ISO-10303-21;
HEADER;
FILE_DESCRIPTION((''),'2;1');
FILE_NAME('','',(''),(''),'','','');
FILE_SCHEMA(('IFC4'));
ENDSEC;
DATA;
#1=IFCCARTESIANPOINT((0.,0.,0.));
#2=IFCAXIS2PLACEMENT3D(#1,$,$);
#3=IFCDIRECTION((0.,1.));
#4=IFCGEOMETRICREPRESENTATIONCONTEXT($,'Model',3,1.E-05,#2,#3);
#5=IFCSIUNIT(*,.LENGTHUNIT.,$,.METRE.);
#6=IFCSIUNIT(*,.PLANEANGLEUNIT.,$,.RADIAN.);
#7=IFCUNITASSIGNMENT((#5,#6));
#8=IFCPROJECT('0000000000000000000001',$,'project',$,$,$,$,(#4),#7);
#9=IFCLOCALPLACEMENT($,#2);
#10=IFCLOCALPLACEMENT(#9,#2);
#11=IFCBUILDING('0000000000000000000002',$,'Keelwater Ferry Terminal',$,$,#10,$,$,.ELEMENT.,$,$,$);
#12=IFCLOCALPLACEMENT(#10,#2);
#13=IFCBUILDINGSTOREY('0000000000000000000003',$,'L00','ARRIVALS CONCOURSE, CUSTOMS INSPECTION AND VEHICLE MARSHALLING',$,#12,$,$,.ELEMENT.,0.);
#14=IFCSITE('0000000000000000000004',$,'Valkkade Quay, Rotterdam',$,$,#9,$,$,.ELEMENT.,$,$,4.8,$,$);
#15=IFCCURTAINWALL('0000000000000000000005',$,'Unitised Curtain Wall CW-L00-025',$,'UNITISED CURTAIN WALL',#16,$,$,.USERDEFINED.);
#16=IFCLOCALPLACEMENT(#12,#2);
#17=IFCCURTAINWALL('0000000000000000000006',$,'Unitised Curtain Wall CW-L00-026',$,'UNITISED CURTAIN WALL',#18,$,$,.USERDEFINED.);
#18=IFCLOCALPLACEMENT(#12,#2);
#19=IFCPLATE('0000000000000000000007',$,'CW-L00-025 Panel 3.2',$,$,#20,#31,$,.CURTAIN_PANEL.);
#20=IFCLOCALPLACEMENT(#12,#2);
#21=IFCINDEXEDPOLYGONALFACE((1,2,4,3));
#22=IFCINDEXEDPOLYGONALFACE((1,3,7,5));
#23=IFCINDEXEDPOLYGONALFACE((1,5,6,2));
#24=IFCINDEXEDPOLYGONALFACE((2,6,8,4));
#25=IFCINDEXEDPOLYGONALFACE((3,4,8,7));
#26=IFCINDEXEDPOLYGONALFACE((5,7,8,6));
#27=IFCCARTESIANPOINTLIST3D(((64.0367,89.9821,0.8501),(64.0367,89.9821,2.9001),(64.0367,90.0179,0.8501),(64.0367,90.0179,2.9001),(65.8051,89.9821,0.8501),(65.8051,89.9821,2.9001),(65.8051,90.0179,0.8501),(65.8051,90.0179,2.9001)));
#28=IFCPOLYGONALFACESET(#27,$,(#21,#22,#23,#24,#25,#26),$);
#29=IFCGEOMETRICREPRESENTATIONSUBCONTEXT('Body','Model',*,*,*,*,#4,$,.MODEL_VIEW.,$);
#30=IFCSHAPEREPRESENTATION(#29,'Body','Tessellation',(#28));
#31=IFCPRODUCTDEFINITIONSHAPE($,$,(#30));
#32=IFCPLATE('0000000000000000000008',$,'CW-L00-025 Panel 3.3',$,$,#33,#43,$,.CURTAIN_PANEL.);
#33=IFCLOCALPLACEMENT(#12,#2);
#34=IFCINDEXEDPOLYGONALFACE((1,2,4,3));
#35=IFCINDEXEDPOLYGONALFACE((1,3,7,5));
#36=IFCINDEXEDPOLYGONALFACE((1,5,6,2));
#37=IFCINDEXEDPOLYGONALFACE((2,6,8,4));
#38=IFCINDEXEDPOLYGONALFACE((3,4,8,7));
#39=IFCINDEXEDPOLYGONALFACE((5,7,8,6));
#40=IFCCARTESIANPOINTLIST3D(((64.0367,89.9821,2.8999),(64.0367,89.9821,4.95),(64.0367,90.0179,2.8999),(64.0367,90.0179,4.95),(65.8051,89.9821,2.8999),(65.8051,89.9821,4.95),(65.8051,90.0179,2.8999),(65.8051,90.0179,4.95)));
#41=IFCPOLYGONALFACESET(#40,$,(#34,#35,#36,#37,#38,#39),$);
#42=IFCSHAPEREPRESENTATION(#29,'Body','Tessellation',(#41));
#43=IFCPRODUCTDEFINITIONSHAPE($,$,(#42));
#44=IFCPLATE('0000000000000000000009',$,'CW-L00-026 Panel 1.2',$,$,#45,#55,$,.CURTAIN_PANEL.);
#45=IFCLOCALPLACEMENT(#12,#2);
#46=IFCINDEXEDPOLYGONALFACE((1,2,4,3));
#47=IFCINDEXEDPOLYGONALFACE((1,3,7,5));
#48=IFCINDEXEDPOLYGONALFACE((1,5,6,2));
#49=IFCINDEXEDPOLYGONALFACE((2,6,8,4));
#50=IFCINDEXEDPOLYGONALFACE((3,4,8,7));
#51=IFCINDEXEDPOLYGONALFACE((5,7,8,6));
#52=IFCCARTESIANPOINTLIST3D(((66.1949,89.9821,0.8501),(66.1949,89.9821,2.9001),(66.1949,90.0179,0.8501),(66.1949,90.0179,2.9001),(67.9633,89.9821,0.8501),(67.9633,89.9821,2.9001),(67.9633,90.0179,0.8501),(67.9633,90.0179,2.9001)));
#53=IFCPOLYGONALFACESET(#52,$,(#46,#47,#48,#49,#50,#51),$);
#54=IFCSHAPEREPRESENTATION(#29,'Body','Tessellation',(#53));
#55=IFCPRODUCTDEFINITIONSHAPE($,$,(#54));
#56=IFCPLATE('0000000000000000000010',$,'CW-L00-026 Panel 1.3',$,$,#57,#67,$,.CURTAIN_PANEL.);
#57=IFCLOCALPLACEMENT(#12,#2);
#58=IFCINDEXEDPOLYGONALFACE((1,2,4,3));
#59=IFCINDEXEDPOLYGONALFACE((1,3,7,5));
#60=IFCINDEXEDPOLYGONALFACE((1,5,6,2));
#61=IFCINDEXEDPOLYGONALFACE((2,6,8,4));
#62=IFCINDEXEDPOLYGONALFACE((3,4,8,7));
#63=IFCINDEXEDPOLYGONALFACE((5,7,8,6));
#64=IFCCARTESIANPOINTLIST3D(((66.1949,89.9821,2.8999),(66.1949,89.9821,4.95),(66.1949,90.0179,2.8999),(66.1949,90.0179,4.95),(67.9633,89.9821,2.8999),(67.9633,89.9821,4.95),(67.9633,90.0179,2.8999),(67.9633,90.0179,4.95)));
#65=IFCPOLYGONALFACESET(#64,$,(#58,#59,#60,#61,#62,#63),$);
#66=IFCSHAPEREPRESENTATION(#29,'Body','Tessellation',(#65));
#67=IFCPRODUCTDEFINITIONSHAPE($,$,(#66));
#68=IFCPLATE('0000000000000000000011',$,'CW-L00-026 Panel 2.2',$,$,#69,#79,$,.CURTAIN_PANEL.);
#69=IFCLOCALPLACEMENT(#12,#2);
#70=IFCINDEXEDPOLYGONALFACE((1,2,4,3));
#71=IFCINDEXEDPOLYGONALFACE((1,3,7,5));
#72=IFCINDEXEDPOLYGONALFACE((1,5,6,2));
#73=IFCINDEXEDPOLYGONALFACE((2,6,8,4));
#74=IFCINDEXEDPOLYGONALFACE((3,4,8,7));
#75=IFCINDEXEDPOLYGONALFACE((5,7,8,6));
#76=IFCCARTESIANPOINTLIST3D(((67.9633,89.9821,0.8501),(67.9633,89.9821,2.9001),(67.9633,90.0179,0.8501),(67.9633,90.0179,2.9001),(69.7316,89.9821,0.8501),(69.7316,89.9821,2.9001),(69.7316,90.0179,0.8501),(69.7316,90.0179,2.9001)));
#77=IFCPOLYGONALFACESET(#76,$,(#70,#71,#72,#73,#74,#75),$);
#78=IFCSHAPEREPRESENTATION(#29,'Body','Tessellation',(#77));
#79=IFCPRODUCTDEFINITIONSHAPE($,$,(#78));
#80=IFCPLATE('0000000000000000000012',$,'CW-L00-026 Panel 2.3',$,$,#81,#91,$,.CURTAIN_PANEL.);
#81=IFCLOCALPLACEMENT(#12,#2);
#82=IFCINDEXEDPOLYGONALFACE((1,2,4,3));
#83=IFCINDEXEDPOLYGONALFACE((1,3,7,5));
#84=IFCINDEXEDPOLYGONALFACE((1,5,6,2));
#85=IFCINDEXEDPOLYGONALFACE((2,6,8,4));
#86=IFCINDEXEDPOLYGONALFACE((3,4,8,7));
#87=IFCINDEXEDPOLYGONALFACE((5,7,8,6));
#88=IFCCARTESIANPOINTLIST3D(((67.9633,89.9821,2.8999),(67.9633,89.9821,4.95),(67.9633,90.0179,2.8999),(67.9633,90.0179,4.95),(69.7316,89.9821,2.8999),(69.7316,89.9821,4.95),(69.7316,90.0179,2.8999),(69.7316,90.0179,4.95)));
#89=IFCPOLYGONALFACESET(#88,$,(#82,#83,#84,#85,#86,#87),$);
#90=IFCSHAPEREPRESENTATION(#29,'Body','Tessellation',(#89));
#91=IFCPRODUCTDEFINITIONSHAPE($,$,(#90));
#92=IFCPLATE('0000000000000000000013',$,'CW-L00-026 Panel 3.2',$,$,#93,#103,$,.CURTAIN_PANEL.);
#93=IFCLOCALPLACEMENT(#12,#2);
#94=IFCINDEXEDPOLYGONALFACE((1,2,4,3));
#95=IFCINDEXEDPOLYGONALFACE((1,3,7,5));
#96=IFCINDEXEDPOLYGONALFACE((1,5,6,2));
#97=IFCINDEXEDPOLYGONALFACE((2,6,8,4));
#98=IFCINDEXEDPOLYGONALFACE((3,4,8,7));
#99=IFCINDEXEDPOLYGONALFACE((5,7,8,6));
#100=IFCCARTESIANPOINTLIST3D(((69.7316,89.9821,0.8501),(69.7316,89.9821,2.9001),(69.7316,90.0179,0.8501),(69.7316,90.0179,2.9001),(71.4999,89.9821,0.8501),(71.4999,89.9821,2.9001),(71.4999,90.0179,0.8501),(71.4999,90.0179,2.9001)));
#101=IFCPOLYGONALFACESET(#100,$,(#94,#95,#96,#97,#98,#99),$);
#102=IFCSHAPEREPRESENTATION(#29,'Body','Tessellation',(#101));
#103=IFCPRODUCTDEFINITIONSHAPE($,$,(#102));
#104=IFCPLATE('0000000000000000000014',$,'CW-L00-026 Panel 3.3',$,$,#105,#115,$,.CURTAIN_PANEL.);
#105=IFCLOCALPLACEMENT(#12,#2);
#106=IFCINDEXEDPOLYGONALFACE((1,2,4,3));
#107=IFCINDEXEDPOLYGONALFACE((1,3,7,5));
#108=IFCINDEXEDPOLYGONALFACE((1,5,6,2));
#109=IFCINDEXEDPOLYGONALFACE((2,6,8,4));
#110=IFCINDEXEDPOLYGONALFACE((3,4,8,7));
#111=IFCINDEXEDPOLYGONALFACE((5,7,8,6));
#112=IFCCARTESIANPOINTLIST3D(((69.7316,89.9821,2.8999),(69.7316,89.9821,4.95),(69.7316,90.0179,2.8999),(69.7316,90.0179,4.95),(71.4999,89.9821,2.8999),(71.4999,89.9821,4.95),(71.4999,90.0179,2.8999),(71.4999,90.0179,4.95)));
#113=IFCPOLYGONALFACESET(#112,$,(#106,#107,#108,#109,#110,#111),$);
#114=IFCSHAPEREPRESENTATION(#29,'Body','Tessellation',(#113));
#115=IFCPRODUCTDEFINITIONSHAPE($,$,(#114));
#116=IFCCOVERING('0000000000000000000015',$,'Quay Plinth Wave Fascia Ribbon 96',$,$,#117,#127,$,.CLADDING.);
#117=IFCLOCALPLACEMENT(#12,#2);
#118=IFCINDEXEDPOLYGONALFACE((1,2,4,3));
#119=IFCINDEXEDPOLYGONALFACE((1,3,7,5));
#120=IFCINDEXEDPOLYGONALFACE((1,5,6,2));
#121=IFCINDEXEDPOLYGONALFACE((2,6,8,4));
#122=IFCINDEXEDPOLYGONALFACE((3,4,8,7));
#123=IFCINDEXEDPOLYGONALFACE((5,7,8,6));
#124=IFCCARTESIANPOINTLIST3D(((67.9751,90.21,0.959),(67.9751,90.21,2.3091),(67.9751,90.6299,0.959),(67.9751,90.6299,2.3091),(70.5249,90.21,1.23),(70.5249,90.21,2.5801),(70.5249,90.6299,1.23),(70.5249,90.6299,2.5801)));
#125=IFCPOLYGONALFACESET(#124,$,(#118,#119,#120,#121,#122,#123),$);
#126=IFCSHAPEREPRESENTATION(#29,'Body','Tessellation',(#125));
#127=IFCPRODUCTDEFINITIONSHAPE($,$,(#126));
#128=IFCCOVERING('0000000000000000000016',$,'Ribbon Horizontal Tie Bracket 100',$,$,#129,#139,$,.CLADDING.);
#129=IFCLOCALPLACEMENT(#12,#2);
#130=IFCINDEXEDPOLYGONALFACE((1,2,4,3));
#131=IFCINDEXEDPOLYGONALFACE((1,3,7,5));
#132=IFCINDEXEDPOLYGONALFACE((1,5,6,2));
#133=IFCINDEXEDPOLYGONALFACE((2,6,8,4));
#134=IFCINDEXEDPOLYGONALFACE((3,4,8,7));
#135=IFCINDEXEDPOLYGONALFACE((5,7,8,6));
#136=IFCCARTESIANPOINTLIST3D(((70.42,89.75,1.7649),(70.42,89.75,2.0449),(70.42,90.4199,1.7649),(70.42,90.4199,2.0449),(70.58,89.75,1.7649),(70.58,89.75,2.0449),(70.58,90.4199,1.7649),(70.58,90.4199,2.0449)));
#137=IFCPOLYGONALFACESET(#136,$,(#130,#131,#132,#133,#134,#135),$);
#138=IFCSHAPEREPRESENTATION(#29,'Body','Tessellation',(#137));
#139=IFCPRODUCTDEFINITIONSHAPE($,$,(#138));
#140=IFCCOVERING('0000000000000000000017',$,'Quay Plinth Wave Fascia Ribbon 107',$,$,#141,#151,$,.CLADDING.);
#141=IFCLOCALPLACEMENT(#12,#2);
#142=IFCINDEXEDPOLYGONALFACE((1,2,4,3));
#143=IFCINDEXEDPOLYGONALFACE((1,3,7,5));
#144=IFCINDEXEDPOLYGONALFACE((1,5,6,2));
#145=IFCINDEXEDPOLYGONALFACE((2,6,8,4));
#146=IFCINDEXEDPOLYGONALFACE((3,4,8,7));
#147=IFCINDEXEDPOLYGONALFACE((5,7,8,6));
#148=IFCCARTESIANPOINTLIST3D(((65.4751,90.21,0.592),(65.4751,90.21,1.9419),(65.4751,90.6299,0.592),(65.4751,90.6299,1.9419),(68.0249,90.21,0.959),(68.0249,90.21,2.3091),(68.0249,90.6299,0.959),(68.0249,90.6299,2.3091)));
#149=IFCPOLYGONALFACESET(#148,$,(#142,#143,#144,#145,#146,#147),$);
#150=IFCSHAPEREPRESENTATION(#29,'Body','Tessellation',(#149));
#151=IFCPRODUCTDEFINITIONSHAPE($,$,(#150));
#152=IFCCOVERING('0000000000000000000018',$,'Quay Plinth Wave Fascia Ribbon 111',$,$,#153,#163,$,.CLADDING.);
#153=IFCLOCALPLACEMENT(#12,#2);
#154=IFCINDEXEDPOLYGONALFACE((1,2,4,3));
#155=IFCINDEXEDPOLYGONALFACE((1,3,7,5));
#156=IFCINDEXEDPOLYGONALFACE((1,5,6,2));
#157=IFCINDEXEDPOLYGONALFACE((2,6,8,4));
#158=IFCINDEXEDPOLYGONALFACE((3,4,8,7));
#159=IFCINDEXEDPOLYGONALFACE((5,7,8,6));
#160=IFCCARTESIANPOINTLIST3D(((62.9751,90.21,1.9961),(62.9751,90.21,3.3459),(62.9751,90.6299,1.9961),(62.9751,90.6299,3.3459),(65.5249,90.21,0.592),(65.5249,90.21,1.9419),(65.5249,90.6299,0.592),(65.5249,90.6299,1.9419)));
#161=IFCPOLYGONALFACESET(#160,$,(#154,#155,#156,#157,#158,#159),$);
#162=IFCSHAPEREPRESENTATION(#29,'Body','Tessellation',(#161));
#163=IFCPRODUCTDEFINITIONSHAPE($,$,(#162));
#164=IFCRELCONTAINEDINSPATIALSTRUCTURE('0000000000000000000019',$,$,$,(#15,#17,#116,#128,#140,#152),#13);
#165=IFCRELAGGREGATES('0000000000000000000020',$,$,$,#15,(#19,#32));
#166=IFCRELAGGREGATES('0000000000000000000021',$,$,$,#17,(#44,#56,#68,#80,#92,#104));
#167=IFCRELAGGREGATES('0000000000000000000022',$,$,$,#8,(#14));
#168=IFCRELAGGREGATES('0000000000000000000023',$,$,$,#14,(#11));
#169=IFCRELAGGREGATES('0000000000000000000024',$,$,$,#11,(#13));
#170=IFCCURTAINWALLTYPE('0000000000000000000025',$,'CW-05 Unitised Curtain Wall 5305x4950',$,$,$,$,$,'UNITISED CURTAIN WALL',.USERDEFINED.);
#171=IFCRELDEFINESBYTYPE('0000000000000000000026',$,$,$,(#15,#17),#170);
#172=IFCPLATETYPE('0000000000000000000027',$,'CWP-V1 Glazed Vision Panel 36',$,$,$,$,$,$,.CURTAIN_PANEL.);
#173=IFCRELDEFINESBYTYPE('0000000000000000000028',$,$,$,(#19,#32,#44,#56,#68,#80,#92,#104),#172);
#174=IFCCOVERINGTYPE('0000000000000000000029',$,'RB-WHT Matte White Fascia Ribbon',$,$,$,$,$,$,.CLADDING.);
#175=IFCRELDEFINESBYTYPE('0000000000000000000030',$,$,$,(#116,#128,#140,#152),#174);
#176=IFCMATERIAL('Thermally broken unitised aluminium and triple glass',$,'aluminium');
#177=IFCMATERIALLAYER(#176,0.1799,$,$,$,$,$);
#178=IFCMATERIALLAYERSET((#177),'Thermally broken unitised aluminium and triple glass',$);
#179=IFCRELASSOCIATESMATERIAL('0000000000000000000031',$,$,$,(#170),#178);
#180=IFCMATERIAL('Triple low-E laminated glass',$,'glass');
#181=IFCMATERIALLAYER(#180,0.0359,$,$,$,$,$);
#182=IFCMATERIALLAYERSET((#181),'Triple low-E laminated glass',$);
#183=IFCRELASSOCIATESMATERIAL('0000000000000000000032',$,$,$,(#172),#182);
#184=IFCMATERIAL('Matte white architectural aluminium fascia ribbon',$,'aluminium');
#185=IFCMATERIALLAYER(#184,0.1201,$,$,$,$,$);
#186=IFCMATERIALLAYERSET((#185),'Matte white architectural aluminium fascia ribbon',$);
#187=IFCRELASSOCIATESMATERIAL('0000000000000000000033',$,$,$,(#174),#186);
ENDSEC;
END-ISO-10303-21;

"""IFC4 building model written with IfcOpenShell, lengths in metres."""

from ifc_helpers import new_model, si_unit, direction, frame, frame_2d, origin, origin_2d, place, context, subcontext, project, spatial, polyline, rectangle, outline, extrude, material, layer, layer_set, type_object, element, aggregate, save


model = new_model("IFC4")

# Units and contexts
model_context = context("Model", 3, precision=1e-05, world=origin(), true_north=direction((0.0, 1.0)))
body_context = subcontext(model_context, "Body", "Model", "MODEL_VIEW")
ifc_project = project(units=[si_unit("LENGTHUNIT", "METRE"), si_unit("PLANEANGLEUNIT", "RADIAN")], contexts=[model_context])

# Site, building, storey
site_placement = place(None, origin())
site = spatial("IfcSite", under=ifc_project, at=site_placement, Name="Valkkade Quay, Rotterdam", CompositionType="ELEMENT", RefElevation=4.8)
building_placement = place(site_placement, origin())
building = spatial("IfcBuilding", under=site, at=building_placement, Name="Keelwater Ferry Terminal", CompositionType="ELEMENT")
storey_placement = place(building_placement, origin())
storey = spatial("IfcBuildingStorey", under=building, at=storey_placement, Name="L00", Description="ARRIVALS CONCOURSE, CUSTOMS INSPECTION AND VEHICLE MARSHALLING", CompositionType="ELEMENT", Elevation=0.0)

# Curtain walls
ifc_material_1 = material(Name="Thermally broken unitised aluminium and triple glass", Category="aluminium")
ifc_layer_1 = layer(ifc_material_1, 0.1799)
ifc_layer_set_1 = layer_set([ifc_layer_1], Name="Thermally broken unitised aluminium and triple glass")
curtain_wall_type = type_object("IfcCurtainWallType", Name="CW-05 Unitised Curtain Wall 5305x4950", ElementType="UNITISED CURTAIN WALL", PredefinedType="USERDEFINED", material=ifc_layer_set_1)
curtain_wall_1_placement = place(storey_placement, origin())
curtain_wall_1 = element("IfcCurtainWall", 1, at=curtain_wall_1_placement, inside=storey, type_object=curtain_wall_type, Name="Unitised Curtain Wall CW-L00-025", ObjectType="UNITISED CURTAIN WALL", PredefinedType="USERDEFINED")
curtain_wall_2_placement = place(storey_placement, origin())
curtain_wall_2 = element("IfcCurtainWall", 2, at=curtain_wall_2_placement, inside=storey, type_object=curtain_wall_type, Name="Unitised Curtain Wall CW-L00-026", ObjectType="UNITISED CURTAIN WALL", PredefinedType="USERDEFINED")

# Plates
ifc_material_2 = material(Name="Triple low-E laminated glass", Category="glass")
ifc_layer_2 = layer(ifc_material_2, 0.0359)
ifc_layer_set_2 = layer_set([ifc_layer_2], Name="Triple low-E laminated glass")
plate_type_1 = type_object("IfcPlateType", Name="CWP-V1 Glazed Vision Panel 36", PredefinedType="CURTAIN_PANEL", material=ifc_layer_set_2)
plate_1_placement = place(storey_placement, frame((64.9209, 90.0, 0.8501), z_axis=(0.0, 0.0, 1.0), x_axis=(1.0, 0.0, 0.0)))
plate_1 = element("IfcPlate", 3, at=plate_1_placement, type_object=plate_type_1, Name="CW-L00-025 Panel 3.2", PredefinedType="CURTAIN_PANEL", context=body_context, shape_type="SweptSolid", body=[
    extrude(rectangle(XDim=1.7683, YDim=0.0359, at=origin_2d()), origin(), (0.0, 0.0, 1.0), 2.05),
])
plate_2_placement = place(storey_placement, frame((64.9209, 90.0, 2.8999), z_axis=(0.0, 0.0, 1.0), x_axis=(1.0, 0.0, 0.0)))
plate_2 = element("IfcPlate", 4, at=plate_2_placement, type_object=plate_type_1, Name="CW-L00-025 Panel 3.3", PredefinedType="CURTAIN_PANEL", context=body_context, shape_type="SweptSolid", body=[
    extrude(rectangle(XDim=1.7683, YDim=0.0359, at=origin_2d()), origin(), (0.0, 0.0, 1.0), 2.05),
])
aggregate(curtain_wall_1, [plate_1, plate_2])
plate_3_placement = place(storey_placement, frame((67.0791, 90.0, 0.8501), z_axis=(0.0, 0.0, 1.0), x_axis=(1.0, 0.0, 0.0)))
plate_3 = element("IfcPlate", 5, at=plate_3_placement, type_object=plate_type_1, Name="CW-L00-026 Panel 1.2", PredefinedType="CURTAIN_PANEL", context=body_context, shape_type="SweptSolid", body=[
    extrude(rectangle(XDim=1.7683, YDim=0.0359, at=origin_2d()), origin(), (0.0, 0.0, 1.0), 2.05),
])
plate_4_placement = place(storey_placement, frame((67.0791, 90.0, 2.8999), z_axis=(0.0, 0.0, 1.0), x_axis=(1.0, 0.0, 0.0)))
plate_4 = element("IfcPlate", 6, at=plate_4_placement, type_object=plate_type_1, Name="CW-L00-026 Panel 1.3", PredefinedType="CURTAIN_PANEL", context=body_context, shape_type="SweptSolid", body=[
    extrude(rectangle(XDim=1.7683, YDim=0.0359, at=origin_2d()), origin(), (0.0, 0.0, 1.0), 2.05),
])
plate_5_placement = place(storey_placement, frame((68.8474, 90.0, 0.8501), z_axis=(0.0, 0.0, 1.0), x_axis=(1.0, 0.0, 0.0)))
plate_5 = element("IfcPlate", 7, at=plate_5_placement, type_object=plate_type_1, Name="CW-L00-026 Panel 2.2", PredefinedType="CURTAIN_PANEL", context=body_context, shape_type="SweptSolid", body=[
    extrude(rectangle(XDim=1.7683, YDim=0.0359, at=origin_2d()), origin(), (0.0, 0.0, 1.0), 2.05),
])
plate_6_placement = place(storey_placement, frame((68.8474, 90.0, 2.8999), z_axis=(0.0, 0.0, 1.0), x_axis=(1.0, 0.0, 0.0)))
plate_6 = element("IfcPlate", 8, at=plate_6_placement, type_object=plate_type_1, Name="CW-L00-026 Panel 2.3", PredefinedType="CURTAIN_PANEL", context=body_context, shape_type="SweptSolid", body=[
    extrude(rectangle(XDim=1.7683, YDim=0.0359, at=origin_2d()), origin(), (0.0, 0.0, 1.0), 2.05),
])
plate_7_placement = place(storey_placement, frame((70.6157, 90.0, 0.8501), z_axis=(0.0, 0.0, 1.0), x_axis=(1.0, 0.0, 0.0)))
plate_7 = element("IfcPlate", 9, at=plate_7_placement, type_object=plate_type_1, Name="CW-L00-026 Panel 3.2", PredefinedType="CURTAIN_PANEL", context=body_context, shape_type="SweptSolid", body=[
    extrude(rectangle(XDim=1.7683, YDim=0.0359, at=origin_2d()), origin(), (0.0, 0.0, 1.0), 2.05),
])
plate_8_placement = place(storey_placement, frame((70.6157, 90.0, 2.8999), z_axis=(0.0, 0.0, 1.0), x_axis=(1.0, 0.0, 0.0)))
plate_8 = element("IfcPlate", 10, at=plate_8_placement, type_object=plate_type_1, Name="CW-L00-026 Panel 3.3", PredefinedType="CURTAIN_PANEL", context=body_context, shape_type="SweptSolid", body=[
    extrude(rectangle(XDim=1.7683, YDim=0.0359, at=origin_2d()), origin(), (0.0, 0.0, 1.0), 2.05),
])
aggregate(curtain_wall_2, [plate_3, plate_4, plate_5, plate_6, plate_7, plate_8])

# Coverings
ifc_material_3 = material(Name="Matte white architectural aluminium fascia ribbon", Category="aluminium")
ifc_layer_3 = layer(ifc_material_3, 0.1201)
ifc_layer_set_3 = layer_set([ifc_layer_3], Name="Matte white architectural aluminium fascia ribbon")
covering_type = type_object("IfcCoveringType", Name="RB-WHT Matte White Fascia Ribbon", PredefinedType="CLADDING", material=ifc_layer_set_3)
covering_1_placement = place(storey_placement, frame((70.5249, 90.4199, 0.959), z_axis=(0.0, 0.0, 1.0), x_axis=(-1.0, 0.0, 0.0)))
element("IfcCovering", 11, at=covering_1_placement, inside=storey, type_object=covering_type, Name="Quay Plinth Wave Fascia Ribbon 96", PredefinedType="CLADDING", context=body_context, shape_type="SweptSolid", body=[
    extrude(outline(polyline([(0.0, 0.271), (2.5498, 0.0), (2.5498, 1.3501), (0.0, 1.6211), (0.0, 0.271)])), frame((0.0, 0.21, 0.0), z_axis=(0.0, -1.0, 0.0), x_axis=(1.0, 0.0, 0.0)), (0.0, 0.0, 1.0), 0.4199),
])
covering_2_placement = place(storey_placement, frame((70.5, 90.4199, 1.7649), z_axis=(0.0, 0.0, 1.0), x_axis=(0.0, -1.0, 0.0)))
element("IfcCovering", 12, at=covering_2_placement, inside=storey, type_object=covering_type, Name="Ribbon Horizontal Tie Bracket 100", PredefinedType="CLADDING", context=body_context, shape_type="SweptSolid", body=[
    extrude(rectangle(XDim=0.6699, YDim=0.1599, at=frame_2d((0.335, 0.0))), origin(), (0.0, 0.0, 1.0), 0.28),
])
covering_3_placement = place(storey_placement, frame((68.0249, 90.4199, 0.592), z_axis=(0.0, 0.0, 1.0), x_axis=(-1.0, 0.0, 0.0)))
element("IfcCovering", 13, at=covering_3_placement, inside=storey, type_object=covering_type, Name="Quay Plinth Wave Fascia Ribbon 107", PredefinedType="CLADDING", context=body_context, shape_type="SweptSolid", body=[
    extrude(outline(polyline([(0.0, 0.3669), (2.5498, 0.0), (2.5498, 1.3499), (0.0, 1.717), (0.0, 0.3669)])), frame((0.0, 0.21, 0.0), z_axis=(0.0, -1.0, 0.0), x_axis=(1.0, 0.0, 0.0)), (0.0, 0.0, 1.0), 0.4199),
])
covering_4_placement = place(storey_placement, frame((65.5249, 90.4199, 0.592), z_axis=(0.0, 0.0, 1.0), x_axis=(-1.0, 0.0, 0.0)))
element("IfcCovering", 14, at=covering_4_placement, inside=storey, type_object=covering_type, Name="Quay Plinth Wave Fascia Ribbon 111", PredefinedType="CLADDING", context=body_context, shape_type="SweptSolid", body=[
    extrude(outline(polyline([(0.0, 0.0), (2.5498, 1.4041), (2.5498, 2.7539), (0.0, 1.3499), (0.0, 0.0)])), frame((0.0, 0.21, 0.0), z_axis=(0.0, -1.0, 0.0), x_axis=(1.0, 0.0, 0.0)), (0.0, 0.0, 1.0), 0.4199),
])

save(model, "model.ifc")
